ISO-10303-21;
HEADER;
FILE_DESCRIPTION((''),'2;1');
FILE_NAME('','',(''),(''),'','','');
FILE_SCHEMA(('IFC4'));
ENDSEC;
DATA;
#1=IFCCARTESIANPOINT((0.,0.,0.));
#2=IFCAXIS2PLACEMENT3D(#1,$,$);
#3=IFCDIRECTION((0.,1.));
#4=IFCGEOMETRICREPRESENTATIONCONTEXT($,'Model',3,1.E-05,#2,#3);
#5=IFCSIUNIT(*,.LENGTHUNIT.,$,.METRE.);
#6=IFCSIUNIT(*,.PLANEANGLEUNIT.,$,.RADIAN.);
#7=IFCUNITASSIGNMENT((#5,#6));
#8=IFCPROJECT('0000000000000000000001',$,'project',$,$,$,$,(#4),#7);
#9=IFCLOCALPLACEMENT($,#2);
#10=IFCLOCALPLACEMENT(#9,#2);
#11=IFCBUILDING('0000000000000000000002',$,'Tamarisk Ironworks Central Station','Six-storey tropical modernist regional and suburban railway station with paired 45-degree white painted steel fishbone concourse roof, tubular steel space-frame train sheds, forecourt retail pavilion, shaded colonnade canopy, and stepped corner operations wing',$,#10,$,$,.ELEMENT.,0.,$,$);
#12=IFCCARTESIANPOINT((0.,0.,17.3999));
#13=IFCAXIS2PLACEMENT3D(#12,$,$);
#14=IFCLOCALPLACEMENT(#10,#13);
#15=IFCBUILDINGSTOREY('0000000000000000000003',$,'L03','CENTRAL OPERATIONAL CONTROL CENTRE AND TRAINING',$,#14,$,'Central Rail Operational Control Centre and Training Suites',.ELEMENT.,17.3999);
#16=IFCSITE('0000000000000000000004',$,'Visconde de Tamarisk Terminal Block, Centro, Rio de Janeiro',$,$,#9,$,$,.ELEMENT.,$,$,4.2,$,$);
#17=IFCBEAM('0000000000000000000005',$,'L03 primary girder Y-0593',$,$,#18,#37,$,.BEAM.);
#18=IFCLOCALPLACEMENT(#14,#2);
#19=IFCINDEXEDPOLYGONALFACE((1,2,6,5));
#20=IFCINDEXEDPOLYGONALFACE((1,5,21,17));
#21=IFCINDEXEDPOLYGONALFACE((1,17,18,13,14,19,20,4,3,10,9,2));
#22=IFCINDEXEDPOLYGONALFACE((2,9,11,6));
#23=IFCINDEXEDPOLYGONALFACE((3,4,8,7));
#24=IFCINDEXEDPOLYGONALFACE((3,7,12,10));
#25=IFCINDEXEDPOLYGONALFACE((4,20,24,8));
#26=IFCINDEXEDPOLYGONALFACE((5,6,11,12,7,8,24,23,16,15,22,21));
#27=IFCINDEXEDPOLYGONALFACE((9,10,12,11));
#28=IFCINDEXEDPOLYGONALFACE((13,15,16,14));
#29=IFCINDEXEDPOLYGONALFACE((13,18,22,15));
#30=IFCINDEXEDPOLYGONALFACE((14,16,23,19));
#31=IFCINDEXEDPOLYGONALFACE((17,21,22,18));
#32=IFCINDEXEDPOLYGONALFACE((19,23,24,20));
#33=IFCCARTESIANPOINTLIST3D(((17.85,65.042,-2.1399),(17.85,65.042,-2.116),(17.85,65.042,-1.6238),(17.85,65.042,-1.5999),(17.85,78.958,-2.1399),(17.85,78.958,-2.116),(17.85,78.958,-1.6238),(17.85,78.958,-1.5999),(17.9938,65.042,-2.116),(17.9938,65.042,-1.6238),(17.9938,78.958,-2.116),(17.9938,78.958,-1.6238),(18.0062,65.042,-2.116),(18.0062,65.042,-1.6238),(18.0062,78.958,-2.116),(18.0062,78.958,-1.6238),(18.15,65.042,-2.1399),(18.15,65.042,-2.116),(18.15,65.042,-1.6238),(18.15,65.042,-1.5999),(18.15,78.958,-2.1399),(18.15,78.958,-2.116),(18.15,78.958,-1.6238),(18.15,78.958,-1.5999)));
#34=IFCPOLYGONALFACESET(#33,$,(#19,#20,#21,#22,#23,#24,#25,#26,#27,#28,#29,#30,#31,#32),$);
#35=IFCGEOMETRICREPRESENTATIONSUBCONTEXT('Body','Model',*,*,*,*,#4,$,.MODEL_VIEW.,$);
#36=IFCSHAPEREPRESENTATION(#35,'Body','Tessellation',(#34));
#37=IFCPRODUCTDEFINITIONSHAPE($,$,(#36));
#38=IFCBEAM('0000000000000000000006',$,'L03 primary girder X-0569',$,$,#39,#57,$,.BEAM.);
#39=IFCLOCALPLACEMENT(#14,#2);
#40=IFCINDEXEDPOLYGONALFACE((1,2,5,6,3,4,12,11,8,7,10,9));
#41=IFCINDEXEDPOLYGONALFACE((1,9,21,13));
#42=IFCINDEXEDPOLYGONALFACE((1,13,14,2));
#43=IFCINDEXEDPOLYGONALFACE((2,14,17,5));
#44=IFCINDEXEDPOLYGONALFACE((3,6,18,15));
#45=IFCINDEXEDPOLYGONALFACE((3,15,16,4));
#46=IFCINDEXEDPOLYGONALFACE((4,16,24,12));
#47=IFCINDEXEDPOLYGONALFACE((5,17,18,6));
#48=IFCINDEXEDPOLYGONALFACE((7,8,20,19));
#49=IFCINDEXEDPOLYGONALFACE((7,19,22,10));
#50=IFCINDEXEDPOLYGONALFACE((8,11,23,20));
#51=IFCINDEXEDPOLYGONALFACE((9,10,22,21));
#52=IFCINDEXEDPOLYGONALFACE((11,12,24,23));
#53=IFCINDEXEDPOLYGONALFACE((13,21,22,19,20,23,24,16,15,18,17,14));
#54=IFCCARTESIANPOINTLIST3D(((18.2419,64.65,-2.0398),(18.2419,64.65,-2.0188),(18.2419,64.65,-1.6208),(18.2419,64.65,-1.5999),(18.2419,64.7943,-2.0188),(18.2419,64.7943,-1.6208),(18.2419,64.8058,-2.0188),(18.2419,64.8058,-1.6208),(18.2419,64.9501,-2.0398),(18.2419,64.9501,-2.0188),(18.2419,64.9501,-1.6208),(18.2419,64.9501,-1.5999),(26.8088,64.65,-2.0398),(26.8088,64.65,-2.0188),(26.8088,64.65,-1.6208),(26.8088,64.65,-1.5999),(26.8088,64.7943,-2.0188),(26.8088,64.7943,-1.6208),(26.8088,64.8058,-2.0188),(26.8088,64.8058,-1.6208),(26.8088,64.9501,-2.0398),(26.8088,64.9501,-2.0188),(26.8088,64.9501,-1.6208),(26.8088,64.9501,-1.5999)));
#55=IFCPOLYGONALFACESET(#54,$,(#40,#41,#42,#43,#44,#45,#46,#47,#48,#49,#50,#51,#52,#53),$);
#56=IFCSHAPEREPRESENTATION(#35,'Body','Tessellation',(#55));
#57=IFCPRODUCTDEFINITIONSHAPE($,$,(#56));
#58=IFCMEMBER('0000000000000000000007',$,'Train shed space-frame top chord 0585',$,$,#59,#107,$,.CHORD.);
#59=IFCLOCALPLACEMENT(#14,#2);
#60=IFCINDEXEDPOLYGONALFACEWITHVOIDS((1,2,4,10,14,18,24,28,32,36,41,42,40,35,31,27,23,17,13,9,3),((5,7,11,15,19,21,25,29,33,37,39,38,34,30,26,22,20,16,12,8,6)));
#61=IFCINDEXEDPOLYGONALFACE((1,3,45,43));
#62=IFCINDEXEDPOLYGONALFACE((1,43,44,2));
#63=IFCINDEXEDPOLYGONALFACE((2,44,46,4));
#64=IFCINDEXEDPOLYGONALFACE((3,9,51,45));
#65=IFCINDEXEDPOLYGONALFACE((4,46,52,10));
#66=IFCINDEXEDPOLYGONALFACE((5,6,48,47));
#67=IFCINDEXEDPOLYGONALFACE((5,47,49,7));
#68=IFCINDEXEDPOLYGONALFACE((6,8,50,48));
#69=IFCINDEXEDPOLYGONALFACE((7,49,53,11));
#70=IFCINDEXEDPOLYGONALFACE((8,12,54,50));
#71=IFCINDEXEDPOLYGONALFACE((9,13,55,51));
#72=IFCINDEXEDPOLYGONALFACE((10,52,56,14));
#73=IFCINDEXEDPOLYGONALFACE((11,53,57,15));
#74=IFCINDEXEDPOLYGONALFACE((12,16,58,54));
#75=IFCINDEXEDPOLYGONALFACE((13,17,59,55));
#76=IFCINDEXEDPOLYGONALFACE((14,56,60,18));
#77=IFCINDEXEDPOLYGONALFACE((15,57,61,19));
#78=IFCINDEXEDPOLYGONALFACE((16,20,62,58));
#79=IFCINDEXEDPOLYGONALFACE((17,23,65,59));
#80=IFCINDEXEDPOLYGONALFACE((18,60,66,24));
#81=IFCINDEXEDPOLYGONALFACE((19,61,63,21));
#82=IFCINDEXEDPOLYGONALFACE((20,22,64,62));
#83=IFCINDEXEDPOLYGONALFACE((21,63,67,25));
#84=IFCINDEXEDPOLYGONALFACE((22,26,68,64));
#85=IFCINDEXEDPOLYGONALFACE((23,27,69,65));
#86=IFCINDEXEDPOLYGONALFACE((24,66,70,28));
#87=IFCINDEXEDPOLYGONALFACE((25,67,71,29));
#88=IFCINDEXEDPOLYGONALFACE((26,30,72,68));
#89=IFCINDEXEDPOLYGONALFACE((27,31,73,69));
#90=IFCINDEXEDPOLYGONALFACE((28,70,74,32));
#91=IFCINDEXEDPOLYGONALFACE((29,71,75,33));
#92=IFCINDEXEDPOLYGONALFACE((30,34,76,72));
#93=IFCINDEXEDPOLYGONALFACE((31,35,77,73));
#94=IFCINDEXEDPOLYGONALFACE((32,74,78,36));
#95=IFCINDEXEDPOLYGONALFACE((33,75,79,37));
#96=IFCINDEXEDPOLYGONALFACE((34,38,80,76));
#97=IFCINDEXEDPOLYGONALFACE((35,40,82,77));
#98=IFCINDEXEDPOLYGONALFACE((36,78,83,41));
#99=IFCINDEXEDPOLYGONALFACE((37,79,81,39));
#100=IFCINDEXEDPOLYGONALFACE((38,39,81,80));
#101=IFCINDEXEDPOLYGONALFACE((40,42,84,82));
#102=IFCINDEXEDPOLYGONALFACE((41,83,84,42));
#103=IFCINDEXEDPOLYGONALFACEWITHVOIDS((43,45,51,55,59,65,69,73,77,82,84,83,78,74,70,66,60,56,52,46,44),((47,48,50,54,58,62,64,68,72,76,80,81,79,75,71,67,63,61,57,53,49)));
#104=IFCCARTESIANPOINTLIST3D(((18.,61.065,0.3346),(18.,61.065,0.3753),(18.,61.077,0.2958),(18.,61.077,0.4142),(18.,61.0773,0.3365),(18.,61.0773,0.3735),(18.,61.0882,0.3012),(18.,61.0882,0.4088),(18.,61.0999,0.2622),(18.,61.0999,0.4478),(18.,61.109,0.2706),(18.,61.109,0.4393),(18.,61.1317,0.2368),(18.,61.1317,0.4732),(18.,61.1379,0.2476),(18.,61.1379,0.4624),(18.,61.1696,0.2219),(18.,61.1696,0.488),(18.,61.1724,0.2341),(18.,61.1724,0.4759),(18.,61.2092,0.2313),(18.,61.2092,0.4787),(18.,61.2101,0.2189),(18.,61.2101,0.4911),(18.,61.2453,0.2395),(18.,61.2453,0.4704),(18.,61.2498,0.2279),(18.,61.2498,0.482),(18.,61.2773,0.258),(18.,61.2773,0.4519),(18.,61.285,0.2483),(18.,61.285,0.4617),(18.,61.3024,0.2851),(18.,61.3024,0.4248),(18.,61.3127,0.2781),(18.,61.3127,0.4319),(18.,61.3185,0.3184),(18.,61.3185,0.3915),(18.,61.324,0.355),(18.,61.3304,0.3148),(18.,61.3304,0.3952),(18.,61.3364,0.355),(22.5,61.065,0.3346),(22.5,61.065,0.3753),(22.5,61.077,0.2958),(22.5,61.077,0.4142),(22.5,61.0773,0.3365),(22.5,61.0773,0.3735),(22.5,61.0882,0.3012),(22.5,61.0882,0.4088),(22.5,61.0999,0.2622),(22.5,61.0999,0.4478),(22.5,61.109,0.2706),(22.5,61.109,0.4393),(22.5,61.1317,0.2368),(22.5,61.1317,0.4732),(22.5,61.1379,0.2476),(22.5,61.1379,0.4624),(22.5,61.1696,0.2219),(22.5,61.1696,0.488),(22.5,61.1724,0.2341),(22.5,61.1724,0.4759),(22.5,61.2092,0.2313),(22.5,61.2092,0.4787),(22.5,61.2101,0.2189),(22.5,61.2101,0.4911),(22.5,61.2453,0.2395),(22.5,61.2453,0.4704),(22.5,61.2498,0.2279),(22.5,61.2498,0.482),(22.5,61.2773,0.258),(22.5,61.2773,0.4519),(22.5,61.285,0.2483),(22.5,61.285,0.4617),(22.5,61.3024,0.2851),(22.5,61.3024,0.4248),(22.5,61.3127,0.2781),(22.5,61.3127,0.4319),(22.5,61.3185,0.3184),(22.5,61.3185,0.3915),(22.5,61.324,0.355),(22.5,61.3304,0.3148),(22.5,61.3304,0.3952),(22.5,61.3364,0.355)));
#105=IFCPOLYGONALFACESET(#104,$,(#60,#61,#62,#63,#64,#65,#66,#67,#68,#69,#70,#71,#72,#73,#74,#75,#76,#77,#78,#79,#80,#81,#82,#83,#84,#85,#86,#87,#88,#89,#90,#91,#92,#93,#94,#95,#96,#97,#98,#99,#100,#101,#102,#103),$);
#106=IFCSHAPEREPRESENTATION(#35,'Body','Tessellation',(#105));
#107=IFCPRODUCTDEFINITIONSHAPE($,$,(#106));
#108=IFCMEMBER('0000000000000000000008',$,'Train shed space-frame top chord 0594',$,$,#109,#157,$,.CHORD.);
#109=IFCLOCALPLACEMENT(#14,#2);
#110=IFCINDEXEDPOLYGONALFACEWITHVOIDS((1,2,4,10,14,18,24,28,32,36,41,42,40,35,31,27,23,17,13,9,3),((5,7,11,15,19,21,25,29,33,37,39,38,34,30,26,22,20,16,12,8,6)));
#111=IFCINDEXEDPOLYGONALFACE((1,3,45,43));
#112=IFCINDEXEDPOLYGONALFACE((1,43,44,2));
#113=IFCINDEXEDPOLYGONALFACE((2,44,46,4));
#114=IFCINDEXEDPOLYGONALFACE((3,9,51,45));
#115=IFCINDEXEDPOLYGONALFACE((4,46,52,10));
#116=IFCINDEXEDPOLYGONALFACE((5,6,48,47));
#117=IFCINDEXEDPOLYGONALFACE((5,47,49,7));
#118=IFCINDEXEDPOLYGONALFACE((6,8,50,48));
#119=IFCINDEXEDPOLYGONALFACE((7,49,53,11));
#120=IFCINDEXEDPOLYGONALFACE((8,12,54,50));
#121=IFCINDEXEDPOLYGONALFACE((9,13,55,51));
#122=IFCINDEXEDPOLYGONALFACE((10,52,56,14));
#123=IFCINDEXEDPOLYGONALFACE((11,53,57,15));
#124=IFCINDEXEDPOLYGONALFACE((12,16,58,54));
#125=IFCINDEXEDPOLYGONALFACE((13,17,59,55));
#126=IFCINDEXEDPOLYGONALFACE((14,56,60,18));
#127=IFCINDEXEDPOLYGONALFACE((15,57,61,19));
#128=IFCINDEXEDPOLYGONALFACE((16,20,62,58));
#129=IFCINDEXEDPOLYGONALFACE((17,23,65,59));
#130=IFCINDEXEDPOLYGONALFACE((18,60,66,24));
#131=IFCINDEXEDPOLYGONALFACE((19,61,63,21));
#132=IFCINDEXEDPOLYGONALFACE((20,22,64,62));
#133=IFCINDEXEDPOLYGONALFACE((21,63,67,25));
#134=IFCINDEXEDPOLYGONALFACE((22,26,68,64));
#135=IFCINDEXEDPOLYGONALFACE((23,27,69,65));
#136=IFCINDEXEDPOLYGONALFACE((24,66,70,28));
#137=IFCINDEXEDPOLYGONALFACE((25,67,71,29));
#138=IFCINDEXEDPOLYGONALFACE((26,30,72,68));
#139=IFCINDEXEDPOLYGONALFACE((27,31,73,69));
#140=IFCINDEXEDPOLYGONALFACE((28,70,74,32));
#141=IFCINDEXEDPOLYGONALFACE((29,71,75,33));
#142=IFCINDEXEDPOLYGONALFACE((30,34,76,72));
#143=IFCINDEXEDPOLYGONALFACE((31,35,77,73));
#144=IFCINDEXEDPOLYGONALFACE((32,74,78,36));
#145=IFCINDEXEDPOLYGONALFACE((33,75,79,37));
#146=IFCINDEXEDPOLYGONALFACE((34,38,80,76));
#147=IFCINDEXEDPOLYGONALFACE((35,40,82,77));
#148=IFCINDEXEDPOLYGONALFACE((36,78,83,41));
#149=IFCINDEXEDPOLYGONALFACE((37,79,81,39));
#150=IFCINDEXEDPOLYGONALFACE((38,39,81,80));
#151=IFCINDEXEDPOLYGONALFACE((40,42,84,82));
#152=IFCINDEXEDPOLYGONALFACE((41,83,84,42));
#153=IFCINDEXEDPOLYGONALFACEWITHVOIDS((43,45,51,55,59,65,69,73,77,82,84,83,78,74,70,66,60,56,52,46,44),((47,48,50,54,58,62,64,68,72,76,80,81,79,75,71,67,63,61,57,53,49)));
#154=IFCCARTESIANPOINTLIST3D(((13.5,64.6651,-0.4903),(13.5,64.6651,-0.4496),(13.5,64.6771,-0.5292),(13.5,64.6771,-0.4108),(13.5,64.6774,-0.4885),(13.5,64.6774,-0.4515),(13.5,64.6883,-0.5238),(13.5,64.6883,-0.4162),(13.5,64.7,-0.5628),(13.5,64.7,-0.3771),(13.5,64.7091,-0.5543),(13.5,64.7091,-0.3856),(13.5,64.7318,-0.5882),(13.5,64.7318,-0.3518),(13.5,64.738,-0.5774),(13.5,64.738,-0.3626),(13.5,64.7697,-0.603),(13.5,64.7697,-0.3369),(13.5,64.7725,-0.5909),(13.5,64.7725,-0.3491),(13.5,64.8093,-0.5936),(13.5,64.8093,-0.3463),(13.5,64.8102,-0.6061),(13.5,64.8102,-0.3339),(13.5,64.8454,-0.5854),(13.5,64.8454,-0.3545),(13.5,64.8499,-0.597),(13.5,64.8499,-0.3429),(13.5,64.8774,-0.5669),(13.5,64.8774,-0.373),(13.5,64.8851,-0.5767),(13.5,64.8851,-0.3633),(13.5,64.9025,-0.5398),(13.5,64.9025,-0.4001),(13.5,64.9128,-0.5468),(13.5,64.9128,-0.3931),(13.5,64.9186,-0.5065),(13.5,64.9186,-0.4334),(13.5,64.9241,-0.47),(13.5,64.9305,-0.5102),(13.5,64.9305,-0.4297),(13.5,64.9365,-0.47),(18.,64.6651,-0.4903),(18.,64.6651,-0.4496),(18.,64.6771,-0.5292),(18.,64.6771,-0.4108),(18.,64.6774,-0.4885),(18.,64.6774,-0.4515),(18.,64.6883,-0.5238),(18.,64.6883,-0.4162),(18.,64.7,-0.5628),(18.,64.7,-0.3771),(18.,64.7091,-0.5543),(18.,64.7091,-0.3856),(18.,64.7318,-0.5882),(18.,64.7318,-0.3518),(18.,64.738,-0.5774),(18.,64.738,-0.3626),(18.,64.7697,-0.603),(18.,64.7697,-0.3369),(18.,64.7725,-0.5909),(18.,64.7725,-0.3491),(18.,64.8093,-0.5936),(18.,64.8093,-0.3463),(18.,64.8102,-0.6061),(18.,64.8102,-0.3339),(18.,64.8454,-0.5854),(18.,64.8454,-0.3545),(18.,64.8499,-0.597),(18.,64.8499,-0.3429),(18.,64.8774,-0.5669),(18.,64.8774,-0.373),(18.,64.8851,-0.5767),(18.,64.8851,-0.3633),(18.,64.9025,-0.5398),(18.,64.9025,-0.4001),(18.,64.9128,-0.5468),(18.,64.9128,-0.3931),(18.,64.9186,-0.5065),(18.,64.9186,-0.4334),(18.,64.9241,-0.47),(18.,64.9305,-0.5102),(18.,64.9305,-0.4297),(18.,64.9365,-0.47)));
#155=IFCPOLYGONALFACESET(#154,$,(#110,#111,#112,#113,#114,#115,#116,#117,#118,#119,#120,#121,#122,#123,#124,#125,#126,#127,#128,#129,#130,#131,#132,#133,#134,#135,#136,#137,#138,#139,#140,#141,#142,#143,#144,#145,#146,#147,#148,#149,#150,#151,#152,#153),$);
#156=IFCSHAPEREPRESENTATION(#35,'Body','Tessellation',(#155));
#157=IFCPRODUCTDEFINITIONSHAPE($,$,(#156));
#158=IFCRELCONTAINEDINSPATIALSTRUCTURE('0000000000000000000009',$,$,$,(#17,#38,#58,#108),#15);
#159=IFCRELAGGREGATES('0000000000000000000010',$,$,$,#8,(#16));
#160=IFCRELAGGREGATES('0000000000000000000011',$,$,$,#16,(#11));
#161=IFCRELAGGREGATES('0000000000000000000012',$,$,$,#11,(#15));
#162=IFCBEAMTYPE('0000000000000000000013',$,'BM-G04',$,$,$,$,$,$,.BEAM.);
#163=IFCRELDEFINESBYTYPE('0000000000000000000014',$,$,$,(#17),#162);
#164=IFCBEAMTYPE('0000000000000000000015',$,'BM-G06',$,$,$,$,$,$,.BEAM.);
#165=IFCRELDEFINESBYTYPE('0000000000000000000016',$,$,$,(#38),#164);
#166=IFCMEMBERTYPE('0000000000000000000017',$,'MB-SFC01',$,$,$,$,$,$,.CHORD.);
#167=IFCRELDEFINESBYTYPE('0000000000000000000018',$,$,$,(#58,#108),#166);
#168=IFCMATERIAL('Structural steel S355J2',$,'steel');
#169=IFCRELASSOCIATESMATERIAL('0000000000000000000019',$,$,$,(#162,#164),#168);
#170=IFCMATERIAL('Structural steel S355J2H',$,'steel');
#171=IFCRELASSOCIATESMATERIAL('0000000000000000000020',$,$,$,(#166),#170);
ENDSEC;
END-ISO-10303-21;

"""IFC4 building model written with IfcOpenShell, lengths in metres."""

from ifc_helpers import new_model, si_unit, direction, frame, origin, origin_2d, place, context, subcontext, project, spatial, hollow_circle, i_section, extrude, material, material_profile, profile_set, type_object, element, save


model = new_model("IFC4")

# Units and contexts
model_context = context("Model", 3, precision=1e-05, world=origin(), true_north=direction((0.0, 1.0)))
body_context = subcontext(model_context, "Body", "Model", "MODEL_VIEW")
ifc_project = project(units=[si_unit("LENGTHUNIT", "METRE"), si_unit("PLANEANGLEUNIT", "RADIAN")], contexts=[model_context])

# Site, building, storey
site_placement = place(None, origin())
site = spatial("IfcSite", under=ifc_project, at=site_placement, Name="Visconde de Tamarisk Terminal Block, Centro, Rio de Janeiro", CompositionType="ELEMENT", RefElevation=4.2)
building_placement = place(site_placement, origin())
building = spatial("IfcBuilding", under=site, at=building_placement, Name="Tamarisk Ironworks Central Station", Description="Six-storey tropical modernist regional and suburban railway station with paired 45-degree white painted steel fishbone concourse roof, tubular steel space-frame train sheds, forecourt retail pavilion, shaded colonnade canopy, and stepped corner operations wing", CompositionType="ELEMENT", ElevationOfRefHeight=0.0)
storey_placement = place(building_placement, frame((0.0, 0.0, 17.3999)))
storey = spatial("IfcBuildingStorey", under=building, at=storey_placement, Name="L03", Description="CENTRAL OPERATIONAL CONTROL CENTRE AND TRAINING", LongName="Central Rail Operational Control Centre and Training Suites", CompositionType="ELEMENT", Elevation=17.3999)

# Beams
ifc_material_1 = material(Name="Structural steel S355J2", Category="steel")
ifc_material_profile_1 = material_profile(ifc_material_1, i_section(OverallWidth=0.3, OverallDepth=0.54, WebThickness=0.0125, FlangeThickness=0.0239, at=origin_2d()), Name="HEA 550")
ifc_profile_set_1 = profile_set([ifc_material_profile_1], Name="Structural steel S355J2")
beam_type_1 = type_object("IfcBeamType", Name="BM-G04", PredefinedType="BEAM", material=ifc_profile_set_1)
beam_1_placement = place(storey_placement, frame((18.0, 65.042, -1.8699), z_axis=(0.0, 1.0, 0.0), x_axis=(-1.0, 0.0, 0.0)))
element("IfcBeam", 1, at=beam_1_placement, inside=storey, type_object=beam_type_1, Name="L03 primary girder Y-0593", PredefinedType="BEAM", context=body_context, shape_type="SweptSolid", body=[
    extrude(i_section(OverallWidth=0.3, OverallDepth=0.54, WebThickness=0.0125, FlangeThickness=0.0239, at=origin_2d()), origin(), (0.0, 0.0, 1.0), 13.916),
])
ifc_material_profile_2 = material_profile(ifc_material_1, i_section(OverallWidth=0.3, OverallDepth=0.4399, WebThickness=0.0115, FlangeThickness=0.021, at=origin_2d()), Name="HEA 450")
ifc_profile_set_2 = profile_set([ifc_material_profile_2], Name="Structural steel S355J2")
beam_type_2 = type_object("IfcBeamType", Name="BM-G06", PredefinedType="BEAM", material=ifc_profile_set_2)
beam_2_placement = place(storey_placement, frame((18.2419, 64.8, -1.8198), z_axis=(1.0, 0.0, 0.0), x_axis=(0.0, 1.0, 0.0)))
element("IfcBeam", 2, at=beam_2_placement, inside=storey, type_object=beam_type_2, Name="L03 primary girder X-0569", PredefinedType="BEAM", context=body_context, shape_type="SweptSolid", body=[
    extrude(i_section(OverallWidth=0.3, OverallDepth=0.4399, WebThickness=0.0115, FlangeThickness=0.021, at=origin_2d()), origin(), (0.0, 0.0, 1.0), 8.5669),
])

# Members
ifc_material_2 = material(Name="Structural steel S355J2H", Category="steel")
ifc_material_profile_3 = material_profile(ifc_material_2, hollow_circle(Radius=0.1365, WallThickness=0.0125, at=origin_2d()), Name="CHS 273x12.5")
ifc_profile_set_3 = profile_set([ifc_material_profile_3], Name="Structural steel S355J2H")
member_type_1 = type_object("IfcMemberType", Name="MB-SFC01", PredefinedType="CHORD", material=ifc_profile_set_3)
for number, where, z_axis, x_axis, name in (
    (3, (18.0, 61.2, 0.355), (1.0, 0.0, 0.0), (0.0, 1.0, 0.0), "Train shed space-frame top chord 0585"),
    (4, (13.5, 64.8, -0.47), (1.0, 0.0, 0.0), (0.0, 1.0, 0.0), "Train shed space-frame top chord 0594"),
):
    element("IfcMember", number, at=place(storey_placement, frame(where, z_axis=z_axis, x_axis=x_axis)), inside=storey, type_object=member_type_1, Name=name, PredefinedType="CHORD", context=body_context, shape_type="SweptSolid", body=[
        extrude(hollow_circle(Radius=0.1365, WallThickness=0.0125, at=origin_2d()), origin(), (0.0, 0.0, 1.0), 4.5),
    ])

save(model, "model.ifc")
